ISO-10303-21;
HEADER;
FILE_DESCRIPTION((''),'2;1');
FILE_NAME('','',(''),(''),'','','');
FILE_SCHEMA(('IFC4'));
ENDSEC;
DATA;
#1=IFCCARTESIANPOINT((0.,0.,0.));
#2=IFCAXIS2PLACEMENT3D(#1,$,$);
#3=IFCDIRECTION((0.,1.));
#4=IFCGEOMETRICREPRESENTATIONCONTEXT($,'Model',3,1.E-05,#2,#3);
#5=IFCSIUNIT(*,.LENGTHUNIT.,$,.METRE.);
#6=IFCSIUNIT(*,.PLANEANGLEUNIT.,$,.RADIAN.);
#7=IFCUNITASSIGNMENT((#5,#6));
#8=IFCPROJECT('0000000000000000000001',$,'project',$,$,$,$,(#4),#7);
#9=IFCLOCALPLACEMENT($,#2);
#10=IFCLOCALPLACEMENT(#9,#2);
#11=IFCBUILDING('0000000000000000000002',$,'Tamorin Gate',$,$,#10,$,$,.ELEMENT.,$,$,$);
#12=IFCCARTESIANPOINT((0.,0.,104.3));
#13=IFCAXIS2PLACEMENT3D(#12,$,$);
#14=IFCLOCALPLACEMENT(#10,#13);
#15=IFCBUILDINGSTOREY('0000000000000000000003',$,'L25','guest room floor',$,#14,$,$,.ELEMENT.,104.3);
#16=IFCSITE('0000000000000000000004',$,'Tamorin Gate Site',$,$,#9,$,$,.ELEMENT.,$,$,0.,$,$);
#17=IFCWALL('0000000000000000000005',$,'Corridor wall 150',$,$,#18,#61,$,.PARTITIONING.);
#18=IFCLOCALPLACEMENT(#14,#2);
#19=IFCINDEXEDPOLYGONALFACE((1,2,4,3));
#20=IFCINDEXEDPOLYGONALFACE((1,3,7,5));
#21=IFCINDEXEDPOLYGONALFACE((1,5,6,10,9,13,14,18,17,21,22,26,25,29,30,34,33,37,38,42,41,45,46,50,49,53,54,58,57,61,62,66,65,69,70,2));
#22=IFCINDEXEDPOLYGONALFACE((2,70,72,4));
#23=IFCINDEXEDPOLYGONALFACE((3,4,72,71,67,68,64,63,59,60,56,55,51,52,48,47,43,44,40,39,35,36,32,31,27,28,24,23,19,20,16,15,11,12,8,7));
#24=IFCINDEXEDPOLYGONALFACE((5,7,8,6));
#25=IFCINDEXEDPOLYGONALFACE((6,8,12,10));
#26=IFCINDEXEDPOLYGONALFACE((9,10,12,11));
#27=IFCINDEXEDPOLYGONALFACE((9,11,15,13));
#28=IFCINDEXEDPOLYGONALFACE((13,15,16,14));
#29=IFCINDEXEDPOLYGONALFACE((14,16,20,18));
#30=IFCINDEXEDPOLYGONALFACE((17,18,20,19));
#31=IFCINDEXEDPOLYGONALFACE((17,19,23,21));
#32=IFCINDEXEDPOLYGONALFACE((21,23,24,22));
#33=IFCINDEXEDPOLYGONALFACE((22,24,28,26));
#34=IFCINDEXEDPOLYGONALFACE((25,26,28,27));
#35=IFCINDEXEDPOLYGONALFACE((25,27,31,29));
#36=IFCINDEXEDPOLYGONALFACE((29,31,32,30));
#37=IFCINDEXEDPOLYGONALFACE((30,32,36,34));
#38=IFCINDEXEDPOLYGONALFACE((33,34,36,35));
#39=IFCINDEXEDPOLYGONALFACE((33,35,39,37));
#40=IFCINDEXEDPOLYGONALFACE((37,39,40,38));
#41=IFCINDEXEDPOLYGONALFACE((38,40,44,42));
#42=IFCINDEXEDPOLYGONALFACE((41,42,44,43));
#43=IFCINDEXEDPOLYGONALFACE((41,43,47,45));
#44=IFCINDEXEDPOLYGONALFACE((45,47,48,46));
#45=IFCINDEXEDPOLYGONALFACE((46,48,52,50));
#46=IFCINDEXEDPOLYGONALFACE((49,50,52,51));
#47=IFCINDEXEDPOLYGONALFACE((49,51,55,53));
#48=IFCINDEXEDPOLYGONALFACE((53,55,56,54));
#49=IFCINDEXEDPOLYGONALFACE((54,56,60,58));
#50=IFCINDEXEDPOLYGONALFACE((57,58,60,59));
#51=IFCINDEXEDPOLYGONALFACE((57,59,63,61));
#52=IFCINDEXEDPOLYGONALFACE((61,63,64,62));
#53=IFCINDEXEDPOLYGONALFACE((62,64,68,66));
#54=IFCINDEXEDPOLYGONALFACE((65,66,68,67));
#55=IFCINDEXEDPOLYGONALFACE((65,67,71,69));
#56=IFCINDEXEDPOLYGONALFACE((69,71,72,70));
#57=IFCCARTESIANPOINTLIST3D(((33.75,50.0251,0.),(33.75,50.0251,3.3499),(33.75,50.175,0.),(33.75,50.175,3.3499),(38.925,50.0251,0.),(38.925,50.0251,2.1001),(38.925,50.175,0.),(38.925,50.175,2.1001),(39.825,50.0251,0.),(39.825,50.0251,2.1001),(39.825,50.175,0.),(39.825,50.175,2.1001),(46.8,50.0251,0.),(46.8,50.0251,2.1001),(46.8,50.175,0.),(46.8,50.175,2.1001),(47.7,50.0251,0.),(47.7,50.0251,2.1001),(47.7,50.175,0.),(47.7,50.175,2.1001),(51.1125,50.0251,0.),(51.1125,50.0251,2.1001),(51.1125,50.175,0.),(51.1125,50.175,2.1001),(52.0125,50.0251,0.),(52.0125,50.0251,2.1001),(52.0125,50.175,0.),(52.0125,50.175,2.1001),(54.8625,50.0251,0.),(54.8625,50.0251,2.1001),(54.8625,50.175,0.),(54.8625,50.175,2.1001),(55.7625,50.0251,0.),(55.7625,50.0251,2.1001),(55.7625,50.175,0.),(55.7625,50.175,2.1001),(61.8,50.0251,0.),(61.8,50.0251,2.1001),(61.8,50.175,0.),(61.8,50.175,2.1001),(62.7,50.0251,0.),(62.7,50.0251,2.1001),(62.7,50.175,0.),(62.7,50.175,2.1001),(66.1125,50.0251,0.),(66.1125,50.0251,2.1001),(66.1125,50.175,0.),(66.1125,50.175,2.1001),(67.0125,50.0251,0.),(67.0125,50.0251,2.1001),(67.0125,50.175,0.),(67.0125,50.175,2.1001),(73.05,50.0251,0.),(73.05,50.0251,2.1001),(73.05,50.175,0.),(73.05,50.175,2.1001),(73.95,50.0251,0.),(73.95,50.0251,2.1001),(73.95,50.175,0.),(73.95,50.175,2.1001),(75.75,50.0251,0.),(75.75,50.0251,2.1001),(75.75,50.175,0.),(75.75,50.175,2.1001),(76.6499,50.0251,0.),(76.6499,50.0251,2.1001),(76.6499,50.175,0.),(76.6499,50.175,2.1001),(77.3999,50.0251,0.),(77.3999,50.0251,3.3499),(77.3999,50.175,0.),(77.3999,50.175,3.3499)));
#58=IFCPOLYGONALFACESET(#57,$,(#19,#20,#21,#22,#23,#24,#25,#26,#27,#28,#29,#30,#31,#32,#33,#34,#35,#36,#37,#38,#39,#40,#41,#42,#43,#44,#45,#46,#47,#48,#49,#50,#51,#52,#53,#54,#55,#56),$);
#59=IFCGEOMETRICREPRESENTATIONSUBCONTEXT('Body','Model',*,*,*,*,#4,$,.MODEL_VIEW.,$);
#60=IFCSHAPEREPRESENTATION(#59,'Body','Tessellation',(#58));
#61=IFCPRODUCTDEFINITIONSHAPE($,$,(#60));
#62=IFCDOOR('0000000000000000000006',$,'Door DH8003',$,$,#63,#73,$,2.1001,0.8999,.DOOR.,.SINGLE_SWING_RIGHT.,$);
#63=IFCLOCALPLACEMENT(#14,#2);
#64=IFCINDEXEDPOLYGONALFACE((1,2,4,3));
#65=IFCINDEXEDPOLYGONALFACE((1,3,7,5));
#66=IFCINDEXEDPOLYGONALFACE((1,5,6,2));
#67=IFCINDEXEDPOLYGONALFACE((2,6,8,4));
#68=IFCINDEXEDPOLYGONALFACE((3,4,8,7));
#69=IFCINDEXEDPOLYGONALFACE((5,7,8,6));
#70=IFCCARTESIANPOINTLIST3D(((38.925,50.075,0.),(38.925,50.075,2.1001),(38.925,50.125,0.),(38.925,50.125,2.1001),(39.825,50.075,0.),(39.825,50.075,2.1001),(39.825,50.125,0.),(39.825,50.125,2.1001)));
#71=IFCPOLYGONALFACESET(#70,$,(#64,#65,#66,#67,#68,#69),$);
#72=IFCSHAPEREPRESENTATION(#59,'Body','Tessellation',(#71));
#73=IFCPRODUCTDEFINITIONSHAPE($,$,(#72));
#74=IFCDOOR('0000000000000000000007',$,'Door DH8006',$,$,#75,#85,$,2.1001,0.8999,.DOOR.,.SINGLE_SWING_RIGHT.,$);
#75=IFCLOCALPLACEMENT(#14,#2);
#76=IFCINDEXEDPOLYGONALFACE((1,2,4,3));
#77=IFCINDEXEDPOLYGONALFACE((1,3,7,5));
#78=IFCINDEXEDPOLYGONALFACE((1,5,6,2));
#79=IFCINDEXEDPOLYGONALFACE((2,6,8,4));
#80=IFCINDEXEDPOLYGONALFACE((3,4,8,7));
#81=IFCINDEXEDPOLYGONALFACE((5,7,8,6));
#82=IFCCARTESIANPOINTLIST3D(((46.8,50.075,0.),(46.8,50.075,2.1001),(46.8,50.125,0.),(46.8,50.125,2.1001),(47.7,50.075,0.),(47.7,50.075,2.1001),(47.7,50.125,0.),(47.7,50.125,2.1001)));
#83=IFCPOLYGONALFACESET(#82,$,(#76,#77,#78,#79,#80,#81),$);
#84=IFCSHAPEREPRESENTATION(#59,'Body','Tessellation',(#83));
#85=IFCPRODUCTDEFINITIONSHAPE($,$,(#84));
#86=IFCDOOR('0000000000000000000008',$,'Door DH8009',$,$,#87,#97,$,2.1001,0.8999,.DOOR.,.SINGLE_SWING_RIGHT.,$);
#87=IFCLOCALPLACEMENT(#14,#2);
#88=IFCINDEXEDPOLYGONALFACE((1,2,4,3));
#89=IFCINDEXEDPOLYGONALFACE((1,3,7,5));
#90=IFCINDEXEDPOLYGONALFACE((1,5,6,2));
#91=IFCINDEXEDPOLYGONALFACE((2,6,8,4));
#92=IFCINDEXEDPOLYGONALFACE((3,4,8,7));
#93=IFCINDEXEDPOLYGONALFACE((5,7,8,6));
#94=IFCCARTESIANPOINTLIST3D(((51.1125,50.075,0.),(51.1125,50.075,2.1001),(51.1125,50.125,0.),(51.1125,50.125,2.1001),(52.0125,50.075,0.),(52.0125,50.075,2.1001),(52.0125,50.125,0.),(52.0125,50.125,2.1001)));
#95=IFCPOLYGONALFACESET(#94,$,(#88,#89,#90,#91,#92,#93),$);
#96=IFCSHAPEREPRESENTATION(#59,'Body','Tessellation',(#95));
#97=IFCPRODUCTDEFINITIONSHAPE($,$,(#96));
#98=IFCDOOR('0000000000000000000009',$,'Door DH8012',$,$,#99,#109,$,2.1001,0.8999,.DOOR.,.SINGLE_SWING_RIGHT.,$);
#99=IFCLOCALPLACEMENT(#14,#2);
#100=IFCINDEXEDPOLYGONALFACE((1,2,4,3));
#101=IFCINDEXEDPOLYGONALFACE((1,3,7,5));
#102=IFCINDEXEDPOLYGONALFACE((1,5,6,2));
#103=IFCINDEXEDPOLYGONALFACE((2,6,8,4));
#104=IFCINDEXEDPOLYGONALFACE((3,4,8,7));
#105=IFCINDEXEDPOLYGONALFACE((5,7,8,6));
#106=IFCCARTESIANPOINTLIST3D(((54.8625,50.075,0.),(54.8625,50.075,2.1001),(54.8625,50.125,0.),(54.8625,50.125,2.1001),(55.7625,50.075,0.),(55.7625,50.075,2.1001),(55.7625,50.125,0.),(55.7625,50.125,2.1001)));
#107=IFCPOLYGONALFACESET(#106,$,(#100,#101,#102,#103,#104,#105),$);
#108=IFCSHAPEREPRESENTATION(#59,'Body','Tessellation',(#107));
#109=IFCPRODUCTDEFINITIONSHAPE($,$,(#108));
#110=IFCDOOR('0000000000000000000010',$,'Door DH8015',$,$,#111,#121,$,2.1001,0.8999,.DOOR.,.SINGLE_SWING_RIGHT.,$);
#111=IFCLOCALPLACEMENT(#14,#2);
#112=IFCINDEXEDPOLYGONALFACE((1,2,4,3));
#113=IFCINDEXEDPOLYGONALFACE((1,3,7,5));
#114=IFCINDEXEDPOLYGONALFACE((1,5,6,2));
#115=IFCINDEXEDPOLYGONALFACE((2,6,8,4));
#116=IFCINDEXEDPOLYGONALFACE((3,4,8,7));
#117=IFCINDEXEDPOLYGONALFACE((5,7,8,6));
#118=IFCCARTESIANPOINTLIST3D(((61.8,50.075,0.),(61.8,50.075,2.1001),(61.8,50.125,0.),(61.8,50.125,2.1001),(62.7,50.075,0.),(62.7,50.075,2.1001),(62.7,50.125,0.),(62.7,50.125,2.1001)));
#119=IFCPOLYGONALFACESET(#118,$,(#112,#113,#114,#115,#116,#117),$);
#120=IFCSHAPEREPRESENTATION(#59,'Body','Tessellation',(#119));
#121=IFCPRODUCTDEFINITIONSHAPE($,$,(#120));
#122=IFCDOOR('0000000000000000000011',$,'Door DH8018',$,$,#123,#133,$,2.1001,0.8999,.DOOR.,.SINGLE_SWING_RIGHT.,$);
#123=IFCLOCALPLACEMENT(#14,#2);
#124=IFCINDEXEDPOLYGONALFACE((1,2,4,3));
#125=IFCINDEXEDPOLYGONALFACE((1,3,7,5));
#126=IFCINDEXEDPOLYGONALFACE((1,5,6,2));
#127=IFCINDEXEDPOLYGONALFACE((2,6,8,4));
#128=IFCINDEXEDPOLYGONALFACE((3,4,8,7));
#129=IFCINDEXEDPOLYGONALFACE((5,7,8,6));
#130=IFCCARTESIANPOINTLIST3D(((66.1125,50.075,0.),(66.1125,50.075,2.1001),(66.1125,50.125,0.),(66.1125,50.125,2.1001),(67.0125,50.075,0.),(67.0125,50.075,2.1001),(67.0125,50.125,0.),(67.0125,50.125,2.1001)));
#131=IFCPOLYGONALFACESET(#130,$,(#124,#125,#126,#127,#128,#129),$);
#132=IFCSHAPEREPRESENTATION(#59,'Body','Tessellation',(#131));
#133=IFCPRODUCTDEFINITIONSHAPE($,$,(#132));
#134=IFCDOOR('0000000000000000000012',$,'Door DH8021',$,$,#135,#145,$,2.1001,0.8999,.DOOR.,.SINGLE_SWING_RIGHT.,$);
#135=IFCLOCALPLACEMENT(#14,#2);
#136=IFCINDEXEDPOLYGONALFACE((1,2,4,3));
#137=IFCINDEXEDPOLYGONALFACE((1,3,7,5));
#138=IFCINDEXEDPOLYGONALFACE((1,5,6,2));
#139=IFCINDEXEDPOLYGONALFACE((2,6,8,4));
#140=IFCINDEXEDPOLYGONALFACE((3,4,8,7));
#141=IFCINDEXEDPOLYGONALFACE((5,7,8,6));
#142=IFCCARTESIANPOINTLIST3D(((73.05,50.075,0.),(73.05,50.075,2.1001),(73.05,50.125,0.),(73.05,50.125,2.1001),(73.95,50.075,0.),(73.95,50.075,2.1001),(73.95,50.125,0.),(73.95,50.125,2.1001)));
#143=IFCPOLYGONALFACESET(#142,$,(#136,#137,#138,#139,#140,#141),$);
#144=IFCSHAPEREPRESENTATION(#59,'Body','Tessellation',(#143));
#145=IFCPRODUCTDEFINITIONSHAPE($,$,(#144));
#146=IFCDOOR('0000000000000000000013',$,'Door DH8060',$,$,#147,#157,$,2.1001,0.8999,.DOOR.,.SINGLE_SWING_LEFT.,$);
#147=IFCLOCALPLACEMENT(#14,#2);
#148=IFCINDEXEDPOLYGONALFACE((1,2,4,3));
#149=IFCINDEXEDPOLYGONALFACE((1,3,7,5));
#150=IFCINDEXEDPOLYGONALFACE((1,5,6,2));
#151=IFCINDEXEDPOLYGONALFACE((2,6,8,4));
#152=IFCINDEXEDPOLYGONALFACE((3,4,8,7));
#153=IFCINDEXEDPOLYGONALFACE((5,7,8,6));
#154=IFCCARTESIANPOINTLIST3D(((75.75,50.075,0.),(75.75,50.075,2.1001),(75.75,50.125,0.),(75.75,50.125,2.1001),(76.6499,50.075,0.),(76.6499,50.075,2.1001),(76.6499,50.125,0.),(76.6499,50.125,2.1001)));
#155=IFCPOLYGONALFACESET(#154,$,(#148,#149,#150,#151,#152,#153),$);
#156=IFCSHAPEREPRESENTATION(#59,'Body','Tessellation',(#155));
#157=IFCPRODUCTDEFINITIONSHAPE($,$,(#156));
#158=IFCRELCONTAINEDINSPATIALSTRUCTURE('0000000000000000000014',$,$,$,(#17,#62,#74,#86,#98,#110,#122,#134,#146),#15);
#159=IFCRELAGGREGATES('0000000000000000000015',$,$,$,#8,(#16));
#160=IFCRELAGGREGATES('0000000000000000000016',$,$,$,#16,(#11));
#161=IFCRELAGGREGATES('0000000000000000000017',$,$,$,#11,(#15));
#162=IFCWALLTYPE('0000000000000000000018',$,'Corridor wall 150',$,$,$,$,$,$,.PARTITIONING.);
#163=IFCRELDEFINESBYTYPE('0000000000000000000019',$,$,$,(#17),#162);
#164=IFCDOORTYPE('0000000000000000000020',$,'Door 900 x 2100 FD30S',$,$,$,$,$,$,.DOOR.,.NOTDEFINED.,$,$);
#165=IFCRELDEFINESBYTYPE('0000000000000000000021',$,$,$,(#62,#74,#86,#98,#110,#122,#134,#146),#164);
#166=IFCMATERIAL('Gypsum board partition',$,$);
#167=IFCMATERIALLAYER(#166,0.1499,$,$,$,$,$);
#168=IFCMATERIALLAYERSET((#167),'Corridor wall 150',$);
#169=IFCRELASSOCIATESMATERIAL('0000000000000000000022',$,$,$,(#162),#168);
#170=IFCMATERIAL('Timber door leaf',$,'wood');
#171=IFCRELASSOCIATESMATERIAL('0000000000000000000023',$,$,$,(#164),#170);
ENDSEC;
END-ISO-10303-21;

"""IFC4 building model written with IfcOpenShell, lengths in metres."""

from ifc_helpers import new_model, si_unit, direction, frame, frame_2d, origin, place, context, subcontext, project, spatial, rectangle, extrude, material, layer, layer_set, type_object, element, fill, save


model = new_model("IFC4")

# Units and contexts
model_context = context("Model", 3, precision=1e-05, world=origin(), true_north=direction((0.0, 1.0)))
body_context = subcontext(model_context, "Body", "Model", "MODEL_VIEW")
ifc_project = project(units=[si_unit("LENGTHUNIT", "METRE"), si_unit("PLANEANGLEUNIT", "RADIAN")], contexts=[model_context])

# Site, building, storey
site_placement = place(None, origin())
site = spatial("IfcSite", under=ifc_project, at=site_placement, Name="Tamorin Gate Site", CompositionType="ELEMENT", RefElevation=0.0)
building_placement = place(site_placement, origin())
building = spatial("IfcBuilding", under=site, at=building_placement, Name="Tamorin Gate", CompositionType="ELEMENT")
storey_placement = place(building_placement, frame((0.0, 0.0, 104.3)))
storey = spatial("IfcBuildingStorey", under=building, at=storey_placement, Name="L25", Description="guest room floor", CompositionType="ELEMENT", Elevation=104.3)

# Wall, openings, doors
ifc_material_1 = material(Name="Gypsum board partition")
ifc_layer_1 = layer(ifc_material_1, 0.1499)
ifc_layer_set_1 = layer_set([ifc_layer_1], Name="Corridor wall 150")
wall_type_1 = type_object("IfcWallType", Name="Corridor wall 150", PredefinedType="PARTITIONING", material=ifc_layer_set_1)
wall_1_placement = place(storey_placement, frame((33.75, 50.1001, 0.0), z_axis=(0.0, 0.0, 1.0), x_axis=(1.0, 0.0, 0.0)))
wall_1 = element("IfcWall", 1, at=wall_1_placement, inside=storey, type_object=wall_type_1, Name="Corridor wall 150", PredefinedType="PARTITIONING", context=body_context, shape_type="SweptSolid", body=[
    extrude(rectangle(XDim=43.6499, YDim=0.1499, at=frame_2d((21.825, 0.0))), origin(), (0.0, 0.0, 1.0), 3.3499),
])
opening_1_placement = place(wall_1_placement, frame((5.175, 0.0, 0.0)))
opening_1 = element("IfcOpeningElement", 2, at=opening_1_placement, cuts=wall_1, PredefinedType="OPENING", context=body_context, shape_type="SweptSolid", body=[
    extrude(rectangle(XDim=0.8999, YDim=2.1001, at=frame_2d((0.45, 1.05))), frame((0.0, 0.085, 0.0), z_axis=(0.0, -1.0, 0.0), x_axis=(1.0, 0.0, 0.0)), (0.0, 0.0, 1.0), 0.1699),
])
opening_2_placement = place(wall_1_placement, frame((13.05, 0.0, 0.0)))
opening_2 = element("IfcOpeningElement", 3, at=opening_2_placement, cuts=wall_1, PredefinedType="OPENING", context=body_context, shape_type="SweptSolid", body=[
    extrude(rectangle(XDim=0.8999, YDim=2.1001, at=frame_2d((0.45, 1.05))), frame((0.0, 0.085, 0.0), z_axis=(0.0, -1.0, 0.0), x_axis=(1.0, 0.0, 0.0)), (0.0, 0.0, 1.0), 0.1699),
])
opening_3_placement = place(wall_1_placement, frame((17.3625, 0.0, 0.0)))
opening_3 = element("IfcOpeningElement", 4, at=opening_3_placement, cuts=wall_1, PredefinedType="OPENING", context=body_context, shape_type="SweptSolid", body=[
    extrude(rectangle(XDim=0.8999, YDim=2.1001, at=frame_2d((0.45, 1.05))), frame((0.0, 0.085, 0.0), z_axis=(0.0, -1.0, 0.0), x_axis=(1.0, 0.0, 0.0)), (0.0, 0.0, 1.0), 0.1699),
])
opening_4_placement = place(wall_1_placement, frame((21.1125, 0.0, 0.0)))
opening_4 = element("IfcOpeningElement", 5, at=opening_4_placement, cuts=wall_1, PredefinedType="OPENING", context=body_context, shape_type="SweptSolid", body=[
    extrude(rectangle(XDim=0.8999, YDim=2.1001, at=frame_2d((0.45, 1.05))), frame((0.0, 0.085, 0.0), z_axis=(0.0, -1.0, 0.0), x_axis=(1.0, 0.0, 0.0)), (0.0, 0.0, 1.0), 0.1699),
])
opening_5_placement = place(wall_1_placement, frame((28.05, 0.0, 0.0)))
opening_5 = element("IfcOpeningElement", 6, at=opening_5_placement, cuts=wall_1, PredefinedType="OPENING", context=body_context, shape_type="SweptSolid", body=[
    extrude(rectangle(XDim=0.8999, YDim=2.1001, at=frame_2d((0.45, 1.05))), frame((0.0, 0.085, 0.0), z_axis=(0.0, -1.0, 0.0), x_axis=(1.0, 0.0, 0.0)), (0.0, 0.0, 1.0), 0.1699),
])
opening_6_placement = place(wall_1_placement, frame((32.3625, 0.0, 0.0)))
opening_6 = element("IfcOpeningElement", 7, at=opening_6_placement, cuts=wall_1, PredefinedType="OPENING", context=body_context, shape_type="SweptSolid", body=[
    extrude(rectangle(XDim=0.8999, YDim=2.1001, at=frame_2d((0.45, 1.05))), frame((0.0, 0.085, 0.0), z_axis=(0.0, -1.0, 0.0), x_axis=(1.0, 0.0, 0.0)), (0.0, 0.0, 1.0), 0.1699),
])
opening_7_placement = place(wall_1_placement, frame((39.3, 0.0, 0.0)))
opening_7 = element("IfcOpeningElement", 8, at=opening_7_placement, cuts=wall_1, PredefinedType="OPENING", context=body_context, shape_type="SweptSolid", body=[
    extrude(rectangle(XDim=0.8999, YDim=2.1001, at=frame_2d((0.45, 1.05))), frame((0.0, 0.085, 0.0), z_axis=(0.0, -1.0, 0.0), x_axis=(1.0, 0.0, 0.0)), (0.0, 0.0, 1.0), 0.1699),
])
opening_8_placement = place(wall_1_placement, frame((42.0, 0.0, 0.0)))
opening_8 = element("IfcOpeningElement", 9, at=opening_8_placement, cuts=wall_1, PredefinedType="OPENING", context=body_context, shape_type="SweptSolid", body=[
    extrude(rectangle(XDim=0.8999, YDim=2.1001, at=frame_2d((0.45, 1.05))), frame((0.0, 0.085, 0.0), z_axis=(0.0, -1.0, 0.0), x_axis=(1.0, 0.0, 0.0)), (0.0, 0.0, 1.0), 0.1699),
])
ifc_material_2 = material(Name="Timber door leaf", Category="wood")
door_type_1 = type_object("IfcDoorType", Name="Door 900 x 2100 FD30S", OperationType="NOTDEFINED", PredefinedType="DOOR", material=ifc_material_2)
door_1_placement = place(opening_1_placement, origin())
door_1 = element("IfcDoor", 10, at=door_1_placement, inside=storey, type_object=door_type_1, Name="Door DH8003", OperationType="SINGLE_SWING_RIGHT", OverallHeight=2.1001, OverallWidth=0.8999, PredefinedType="DOOR", context=body_context, shape_type="SweptSolid", body=[
    extrude(rectangle(XDim=0.8999, YDim=2.1001, at=frame_2d((0.45, 1.05))), frame((0.0, 0.0249, 0.0), z_axis=(0.0, -1.0, 0.0), x_axis=(1.0, 0.0, 0.0)), (0.0, 0.0, 1.0), 0.05),
])
fill(opening_1, door_1)
door_2_placement = place(opening_2_placement, origin())
door_2 = element("IfcDoor", 11, at=door_2_placement, inside=storey, type_object=door_type_1, Name="Door DH8006", OperationType="SINGLE_SWING_RIGHT", OverallHeight=2.1001, OverallWidth=0.8999, PredefinedType="DOOR", context=body_context, shape_type="SweptSolid", body=[
    extrude(rectangle(XDim=0.8999, YDim=2.1001, at=frame_2d((0.45, 1.05))), frame((0.0, 0.0249, 0.0), z_axis=(0.0, -1.0, 0.0), x_axis=(1.0, 0.0, 0.0)), (0.0, 0.0, 1.0), 0.05),
])
fill(opening_2, door_2)
door_3_placement = place(opening_3_placement, origin())
door_3 = element("IfcDoor", 12, at=door_3_placement, inside=storey, type_object=door_type_1, Name="Door DH8009", OperationType="SINGLE_SWING_RIGHT", OverallHeight=2.1001, OverallWidth=0.8999, PredefinedType="DOOR", context=body_context, shape_type="SweptSolid", body=[
    extrude(rectangle(XDim=0.8999, YDim=2.1001, at=frame_2d((0.45, 1.05))), frame((0.0, 0.0249, 0.0), z_axis=(0.0, -1.0, 0.0), x_axis=(1.0, 0.0, 0.0)), (0.0, 0.0, 1.0), 0.05),
])
fill(opening_3, door_3)
door_4_placement = place(opening_4_placement, origin())
door_4 = element("IfcDoor", 13, at=door_4_placement, inside=storey, type_object=door_type_1, Name="Door DH8012", OperationType="SINGLE_SWING_RIGHT", OverallHeight=2.1001, OverallWidth=0.8999, PredefinedType="DOOR", context=body_context, shape_type="SweptSolid", body=[
    extrude(rectangle(XDim=0.8999, YDim=2.1001, at=frame_2d((0.45, 1.05))), frame((0.0, 0.0249, 0.0), z_axis=(0.0, -1.0, 0.0), x_axis=(1.0, 0.0, 0.0)), (0.0, 0.0, 1.0), 0.05),
])
fill(opening_4, door_4)
door_5_placement = place(opening_5_placement, origin())
door_5 = element("IfcDoor", 14, at=door_5_placement, inside=storey, type_object=door_type_1, Name="Door DH8015", OperationType="SINGLE_SWING_RIGHT", OverallHeight=2.1001, OverallWidth=0.8999, PredefinedType="DOOR", context=body_context, shape_type="SweptSolid", body=[
    extrude(rectangle(XDim=0.8999, YDim=2.1001, at=frame_2d((0.45, 1.05))), frame((0.0, 0.0249, 0.0), z_axis=(0.0, -1.0, 0.0), x_axis=(1.0, 0.0, 0.0)), (0.0, 0.0, 1.0), 0.05),
])
fill(opening_5, door_5)
door_6_placement = place(opening_6_placement, origin())
door_6 = element("IfcDoor", 15, at=door_6_placement, inside=storey, type_object=door_type_1, Name="Door DH8018", OperationType="SINGLE_SWING_RIGHT", OverallHeight=2.1001, OverallWidth=0.8999, PredefinedType="DOOR", context=body_context, shape_type="SweptSolid", body=[
    extrude(rectangle(XDim=0.8999, YDim=2.1001, at=frame_2d((0.45, 1.05))), frame((0.0, 0.0249, 0.0), z_axis=(0.0, -1.0, 0.0), x_axis=(1.0, 0.0, 0.0)), (0.0, 0.0, 1.0), 0.05),
])
fill(opening_6, door_6)
door_7_placement = place(opening_7_placement, origin())
door_7 = element("IfcDoor", 16, at=door_7_placement, inside=storey, type_object=door_type_1, Name="Door DH8021", OperationType="SINGLE_SWING_RIGHT", OverallHeight=2.1001, OverallWidth=0.8999, PredefinedType="DOOR", context=body_context, shape_type="SweptSolid", body=[
    extrude(rectangle(XDim=0.8999, YDim=2.1001, at=frame_2d((0.45, 1.05))), frame((0.0, 0.0249, 0.0), z_axis=(0.0, -1.0, 0.0), x_axis=(1.0, 0.0, 0.0)), (0.0, 0.0, 1.0), 0.05),
])
fill(opening_7, door_7)
door_8_placement = place(opening_8_placement, origin())
door_8 = element("IfcDoor", 17, at=door_8_placement, inside=storey, type_object=door_type_1, Name="Door DH8060", OperationType="SINGLE_SWING_LEFT", OverallHeight=2.1001, OverallWidth=0.8999, PredefinedType="DOOR", context=body_context, shape_type="SweptSolid", body=[
    extrude(rectangle(XDim=0.8999, YDim=2.1001, at=frame_2d((0.45, 1.05))), frame((0.0, 0.0249, 0.0), z_axis=(0.0, -1.0, 0.0), x_axis=(1.0, 0.0, 0.0)), (0.0, 0.0, 1.0), 0.05),
])
fill(opening_8, door_8)

save(model, "model.ifc")
